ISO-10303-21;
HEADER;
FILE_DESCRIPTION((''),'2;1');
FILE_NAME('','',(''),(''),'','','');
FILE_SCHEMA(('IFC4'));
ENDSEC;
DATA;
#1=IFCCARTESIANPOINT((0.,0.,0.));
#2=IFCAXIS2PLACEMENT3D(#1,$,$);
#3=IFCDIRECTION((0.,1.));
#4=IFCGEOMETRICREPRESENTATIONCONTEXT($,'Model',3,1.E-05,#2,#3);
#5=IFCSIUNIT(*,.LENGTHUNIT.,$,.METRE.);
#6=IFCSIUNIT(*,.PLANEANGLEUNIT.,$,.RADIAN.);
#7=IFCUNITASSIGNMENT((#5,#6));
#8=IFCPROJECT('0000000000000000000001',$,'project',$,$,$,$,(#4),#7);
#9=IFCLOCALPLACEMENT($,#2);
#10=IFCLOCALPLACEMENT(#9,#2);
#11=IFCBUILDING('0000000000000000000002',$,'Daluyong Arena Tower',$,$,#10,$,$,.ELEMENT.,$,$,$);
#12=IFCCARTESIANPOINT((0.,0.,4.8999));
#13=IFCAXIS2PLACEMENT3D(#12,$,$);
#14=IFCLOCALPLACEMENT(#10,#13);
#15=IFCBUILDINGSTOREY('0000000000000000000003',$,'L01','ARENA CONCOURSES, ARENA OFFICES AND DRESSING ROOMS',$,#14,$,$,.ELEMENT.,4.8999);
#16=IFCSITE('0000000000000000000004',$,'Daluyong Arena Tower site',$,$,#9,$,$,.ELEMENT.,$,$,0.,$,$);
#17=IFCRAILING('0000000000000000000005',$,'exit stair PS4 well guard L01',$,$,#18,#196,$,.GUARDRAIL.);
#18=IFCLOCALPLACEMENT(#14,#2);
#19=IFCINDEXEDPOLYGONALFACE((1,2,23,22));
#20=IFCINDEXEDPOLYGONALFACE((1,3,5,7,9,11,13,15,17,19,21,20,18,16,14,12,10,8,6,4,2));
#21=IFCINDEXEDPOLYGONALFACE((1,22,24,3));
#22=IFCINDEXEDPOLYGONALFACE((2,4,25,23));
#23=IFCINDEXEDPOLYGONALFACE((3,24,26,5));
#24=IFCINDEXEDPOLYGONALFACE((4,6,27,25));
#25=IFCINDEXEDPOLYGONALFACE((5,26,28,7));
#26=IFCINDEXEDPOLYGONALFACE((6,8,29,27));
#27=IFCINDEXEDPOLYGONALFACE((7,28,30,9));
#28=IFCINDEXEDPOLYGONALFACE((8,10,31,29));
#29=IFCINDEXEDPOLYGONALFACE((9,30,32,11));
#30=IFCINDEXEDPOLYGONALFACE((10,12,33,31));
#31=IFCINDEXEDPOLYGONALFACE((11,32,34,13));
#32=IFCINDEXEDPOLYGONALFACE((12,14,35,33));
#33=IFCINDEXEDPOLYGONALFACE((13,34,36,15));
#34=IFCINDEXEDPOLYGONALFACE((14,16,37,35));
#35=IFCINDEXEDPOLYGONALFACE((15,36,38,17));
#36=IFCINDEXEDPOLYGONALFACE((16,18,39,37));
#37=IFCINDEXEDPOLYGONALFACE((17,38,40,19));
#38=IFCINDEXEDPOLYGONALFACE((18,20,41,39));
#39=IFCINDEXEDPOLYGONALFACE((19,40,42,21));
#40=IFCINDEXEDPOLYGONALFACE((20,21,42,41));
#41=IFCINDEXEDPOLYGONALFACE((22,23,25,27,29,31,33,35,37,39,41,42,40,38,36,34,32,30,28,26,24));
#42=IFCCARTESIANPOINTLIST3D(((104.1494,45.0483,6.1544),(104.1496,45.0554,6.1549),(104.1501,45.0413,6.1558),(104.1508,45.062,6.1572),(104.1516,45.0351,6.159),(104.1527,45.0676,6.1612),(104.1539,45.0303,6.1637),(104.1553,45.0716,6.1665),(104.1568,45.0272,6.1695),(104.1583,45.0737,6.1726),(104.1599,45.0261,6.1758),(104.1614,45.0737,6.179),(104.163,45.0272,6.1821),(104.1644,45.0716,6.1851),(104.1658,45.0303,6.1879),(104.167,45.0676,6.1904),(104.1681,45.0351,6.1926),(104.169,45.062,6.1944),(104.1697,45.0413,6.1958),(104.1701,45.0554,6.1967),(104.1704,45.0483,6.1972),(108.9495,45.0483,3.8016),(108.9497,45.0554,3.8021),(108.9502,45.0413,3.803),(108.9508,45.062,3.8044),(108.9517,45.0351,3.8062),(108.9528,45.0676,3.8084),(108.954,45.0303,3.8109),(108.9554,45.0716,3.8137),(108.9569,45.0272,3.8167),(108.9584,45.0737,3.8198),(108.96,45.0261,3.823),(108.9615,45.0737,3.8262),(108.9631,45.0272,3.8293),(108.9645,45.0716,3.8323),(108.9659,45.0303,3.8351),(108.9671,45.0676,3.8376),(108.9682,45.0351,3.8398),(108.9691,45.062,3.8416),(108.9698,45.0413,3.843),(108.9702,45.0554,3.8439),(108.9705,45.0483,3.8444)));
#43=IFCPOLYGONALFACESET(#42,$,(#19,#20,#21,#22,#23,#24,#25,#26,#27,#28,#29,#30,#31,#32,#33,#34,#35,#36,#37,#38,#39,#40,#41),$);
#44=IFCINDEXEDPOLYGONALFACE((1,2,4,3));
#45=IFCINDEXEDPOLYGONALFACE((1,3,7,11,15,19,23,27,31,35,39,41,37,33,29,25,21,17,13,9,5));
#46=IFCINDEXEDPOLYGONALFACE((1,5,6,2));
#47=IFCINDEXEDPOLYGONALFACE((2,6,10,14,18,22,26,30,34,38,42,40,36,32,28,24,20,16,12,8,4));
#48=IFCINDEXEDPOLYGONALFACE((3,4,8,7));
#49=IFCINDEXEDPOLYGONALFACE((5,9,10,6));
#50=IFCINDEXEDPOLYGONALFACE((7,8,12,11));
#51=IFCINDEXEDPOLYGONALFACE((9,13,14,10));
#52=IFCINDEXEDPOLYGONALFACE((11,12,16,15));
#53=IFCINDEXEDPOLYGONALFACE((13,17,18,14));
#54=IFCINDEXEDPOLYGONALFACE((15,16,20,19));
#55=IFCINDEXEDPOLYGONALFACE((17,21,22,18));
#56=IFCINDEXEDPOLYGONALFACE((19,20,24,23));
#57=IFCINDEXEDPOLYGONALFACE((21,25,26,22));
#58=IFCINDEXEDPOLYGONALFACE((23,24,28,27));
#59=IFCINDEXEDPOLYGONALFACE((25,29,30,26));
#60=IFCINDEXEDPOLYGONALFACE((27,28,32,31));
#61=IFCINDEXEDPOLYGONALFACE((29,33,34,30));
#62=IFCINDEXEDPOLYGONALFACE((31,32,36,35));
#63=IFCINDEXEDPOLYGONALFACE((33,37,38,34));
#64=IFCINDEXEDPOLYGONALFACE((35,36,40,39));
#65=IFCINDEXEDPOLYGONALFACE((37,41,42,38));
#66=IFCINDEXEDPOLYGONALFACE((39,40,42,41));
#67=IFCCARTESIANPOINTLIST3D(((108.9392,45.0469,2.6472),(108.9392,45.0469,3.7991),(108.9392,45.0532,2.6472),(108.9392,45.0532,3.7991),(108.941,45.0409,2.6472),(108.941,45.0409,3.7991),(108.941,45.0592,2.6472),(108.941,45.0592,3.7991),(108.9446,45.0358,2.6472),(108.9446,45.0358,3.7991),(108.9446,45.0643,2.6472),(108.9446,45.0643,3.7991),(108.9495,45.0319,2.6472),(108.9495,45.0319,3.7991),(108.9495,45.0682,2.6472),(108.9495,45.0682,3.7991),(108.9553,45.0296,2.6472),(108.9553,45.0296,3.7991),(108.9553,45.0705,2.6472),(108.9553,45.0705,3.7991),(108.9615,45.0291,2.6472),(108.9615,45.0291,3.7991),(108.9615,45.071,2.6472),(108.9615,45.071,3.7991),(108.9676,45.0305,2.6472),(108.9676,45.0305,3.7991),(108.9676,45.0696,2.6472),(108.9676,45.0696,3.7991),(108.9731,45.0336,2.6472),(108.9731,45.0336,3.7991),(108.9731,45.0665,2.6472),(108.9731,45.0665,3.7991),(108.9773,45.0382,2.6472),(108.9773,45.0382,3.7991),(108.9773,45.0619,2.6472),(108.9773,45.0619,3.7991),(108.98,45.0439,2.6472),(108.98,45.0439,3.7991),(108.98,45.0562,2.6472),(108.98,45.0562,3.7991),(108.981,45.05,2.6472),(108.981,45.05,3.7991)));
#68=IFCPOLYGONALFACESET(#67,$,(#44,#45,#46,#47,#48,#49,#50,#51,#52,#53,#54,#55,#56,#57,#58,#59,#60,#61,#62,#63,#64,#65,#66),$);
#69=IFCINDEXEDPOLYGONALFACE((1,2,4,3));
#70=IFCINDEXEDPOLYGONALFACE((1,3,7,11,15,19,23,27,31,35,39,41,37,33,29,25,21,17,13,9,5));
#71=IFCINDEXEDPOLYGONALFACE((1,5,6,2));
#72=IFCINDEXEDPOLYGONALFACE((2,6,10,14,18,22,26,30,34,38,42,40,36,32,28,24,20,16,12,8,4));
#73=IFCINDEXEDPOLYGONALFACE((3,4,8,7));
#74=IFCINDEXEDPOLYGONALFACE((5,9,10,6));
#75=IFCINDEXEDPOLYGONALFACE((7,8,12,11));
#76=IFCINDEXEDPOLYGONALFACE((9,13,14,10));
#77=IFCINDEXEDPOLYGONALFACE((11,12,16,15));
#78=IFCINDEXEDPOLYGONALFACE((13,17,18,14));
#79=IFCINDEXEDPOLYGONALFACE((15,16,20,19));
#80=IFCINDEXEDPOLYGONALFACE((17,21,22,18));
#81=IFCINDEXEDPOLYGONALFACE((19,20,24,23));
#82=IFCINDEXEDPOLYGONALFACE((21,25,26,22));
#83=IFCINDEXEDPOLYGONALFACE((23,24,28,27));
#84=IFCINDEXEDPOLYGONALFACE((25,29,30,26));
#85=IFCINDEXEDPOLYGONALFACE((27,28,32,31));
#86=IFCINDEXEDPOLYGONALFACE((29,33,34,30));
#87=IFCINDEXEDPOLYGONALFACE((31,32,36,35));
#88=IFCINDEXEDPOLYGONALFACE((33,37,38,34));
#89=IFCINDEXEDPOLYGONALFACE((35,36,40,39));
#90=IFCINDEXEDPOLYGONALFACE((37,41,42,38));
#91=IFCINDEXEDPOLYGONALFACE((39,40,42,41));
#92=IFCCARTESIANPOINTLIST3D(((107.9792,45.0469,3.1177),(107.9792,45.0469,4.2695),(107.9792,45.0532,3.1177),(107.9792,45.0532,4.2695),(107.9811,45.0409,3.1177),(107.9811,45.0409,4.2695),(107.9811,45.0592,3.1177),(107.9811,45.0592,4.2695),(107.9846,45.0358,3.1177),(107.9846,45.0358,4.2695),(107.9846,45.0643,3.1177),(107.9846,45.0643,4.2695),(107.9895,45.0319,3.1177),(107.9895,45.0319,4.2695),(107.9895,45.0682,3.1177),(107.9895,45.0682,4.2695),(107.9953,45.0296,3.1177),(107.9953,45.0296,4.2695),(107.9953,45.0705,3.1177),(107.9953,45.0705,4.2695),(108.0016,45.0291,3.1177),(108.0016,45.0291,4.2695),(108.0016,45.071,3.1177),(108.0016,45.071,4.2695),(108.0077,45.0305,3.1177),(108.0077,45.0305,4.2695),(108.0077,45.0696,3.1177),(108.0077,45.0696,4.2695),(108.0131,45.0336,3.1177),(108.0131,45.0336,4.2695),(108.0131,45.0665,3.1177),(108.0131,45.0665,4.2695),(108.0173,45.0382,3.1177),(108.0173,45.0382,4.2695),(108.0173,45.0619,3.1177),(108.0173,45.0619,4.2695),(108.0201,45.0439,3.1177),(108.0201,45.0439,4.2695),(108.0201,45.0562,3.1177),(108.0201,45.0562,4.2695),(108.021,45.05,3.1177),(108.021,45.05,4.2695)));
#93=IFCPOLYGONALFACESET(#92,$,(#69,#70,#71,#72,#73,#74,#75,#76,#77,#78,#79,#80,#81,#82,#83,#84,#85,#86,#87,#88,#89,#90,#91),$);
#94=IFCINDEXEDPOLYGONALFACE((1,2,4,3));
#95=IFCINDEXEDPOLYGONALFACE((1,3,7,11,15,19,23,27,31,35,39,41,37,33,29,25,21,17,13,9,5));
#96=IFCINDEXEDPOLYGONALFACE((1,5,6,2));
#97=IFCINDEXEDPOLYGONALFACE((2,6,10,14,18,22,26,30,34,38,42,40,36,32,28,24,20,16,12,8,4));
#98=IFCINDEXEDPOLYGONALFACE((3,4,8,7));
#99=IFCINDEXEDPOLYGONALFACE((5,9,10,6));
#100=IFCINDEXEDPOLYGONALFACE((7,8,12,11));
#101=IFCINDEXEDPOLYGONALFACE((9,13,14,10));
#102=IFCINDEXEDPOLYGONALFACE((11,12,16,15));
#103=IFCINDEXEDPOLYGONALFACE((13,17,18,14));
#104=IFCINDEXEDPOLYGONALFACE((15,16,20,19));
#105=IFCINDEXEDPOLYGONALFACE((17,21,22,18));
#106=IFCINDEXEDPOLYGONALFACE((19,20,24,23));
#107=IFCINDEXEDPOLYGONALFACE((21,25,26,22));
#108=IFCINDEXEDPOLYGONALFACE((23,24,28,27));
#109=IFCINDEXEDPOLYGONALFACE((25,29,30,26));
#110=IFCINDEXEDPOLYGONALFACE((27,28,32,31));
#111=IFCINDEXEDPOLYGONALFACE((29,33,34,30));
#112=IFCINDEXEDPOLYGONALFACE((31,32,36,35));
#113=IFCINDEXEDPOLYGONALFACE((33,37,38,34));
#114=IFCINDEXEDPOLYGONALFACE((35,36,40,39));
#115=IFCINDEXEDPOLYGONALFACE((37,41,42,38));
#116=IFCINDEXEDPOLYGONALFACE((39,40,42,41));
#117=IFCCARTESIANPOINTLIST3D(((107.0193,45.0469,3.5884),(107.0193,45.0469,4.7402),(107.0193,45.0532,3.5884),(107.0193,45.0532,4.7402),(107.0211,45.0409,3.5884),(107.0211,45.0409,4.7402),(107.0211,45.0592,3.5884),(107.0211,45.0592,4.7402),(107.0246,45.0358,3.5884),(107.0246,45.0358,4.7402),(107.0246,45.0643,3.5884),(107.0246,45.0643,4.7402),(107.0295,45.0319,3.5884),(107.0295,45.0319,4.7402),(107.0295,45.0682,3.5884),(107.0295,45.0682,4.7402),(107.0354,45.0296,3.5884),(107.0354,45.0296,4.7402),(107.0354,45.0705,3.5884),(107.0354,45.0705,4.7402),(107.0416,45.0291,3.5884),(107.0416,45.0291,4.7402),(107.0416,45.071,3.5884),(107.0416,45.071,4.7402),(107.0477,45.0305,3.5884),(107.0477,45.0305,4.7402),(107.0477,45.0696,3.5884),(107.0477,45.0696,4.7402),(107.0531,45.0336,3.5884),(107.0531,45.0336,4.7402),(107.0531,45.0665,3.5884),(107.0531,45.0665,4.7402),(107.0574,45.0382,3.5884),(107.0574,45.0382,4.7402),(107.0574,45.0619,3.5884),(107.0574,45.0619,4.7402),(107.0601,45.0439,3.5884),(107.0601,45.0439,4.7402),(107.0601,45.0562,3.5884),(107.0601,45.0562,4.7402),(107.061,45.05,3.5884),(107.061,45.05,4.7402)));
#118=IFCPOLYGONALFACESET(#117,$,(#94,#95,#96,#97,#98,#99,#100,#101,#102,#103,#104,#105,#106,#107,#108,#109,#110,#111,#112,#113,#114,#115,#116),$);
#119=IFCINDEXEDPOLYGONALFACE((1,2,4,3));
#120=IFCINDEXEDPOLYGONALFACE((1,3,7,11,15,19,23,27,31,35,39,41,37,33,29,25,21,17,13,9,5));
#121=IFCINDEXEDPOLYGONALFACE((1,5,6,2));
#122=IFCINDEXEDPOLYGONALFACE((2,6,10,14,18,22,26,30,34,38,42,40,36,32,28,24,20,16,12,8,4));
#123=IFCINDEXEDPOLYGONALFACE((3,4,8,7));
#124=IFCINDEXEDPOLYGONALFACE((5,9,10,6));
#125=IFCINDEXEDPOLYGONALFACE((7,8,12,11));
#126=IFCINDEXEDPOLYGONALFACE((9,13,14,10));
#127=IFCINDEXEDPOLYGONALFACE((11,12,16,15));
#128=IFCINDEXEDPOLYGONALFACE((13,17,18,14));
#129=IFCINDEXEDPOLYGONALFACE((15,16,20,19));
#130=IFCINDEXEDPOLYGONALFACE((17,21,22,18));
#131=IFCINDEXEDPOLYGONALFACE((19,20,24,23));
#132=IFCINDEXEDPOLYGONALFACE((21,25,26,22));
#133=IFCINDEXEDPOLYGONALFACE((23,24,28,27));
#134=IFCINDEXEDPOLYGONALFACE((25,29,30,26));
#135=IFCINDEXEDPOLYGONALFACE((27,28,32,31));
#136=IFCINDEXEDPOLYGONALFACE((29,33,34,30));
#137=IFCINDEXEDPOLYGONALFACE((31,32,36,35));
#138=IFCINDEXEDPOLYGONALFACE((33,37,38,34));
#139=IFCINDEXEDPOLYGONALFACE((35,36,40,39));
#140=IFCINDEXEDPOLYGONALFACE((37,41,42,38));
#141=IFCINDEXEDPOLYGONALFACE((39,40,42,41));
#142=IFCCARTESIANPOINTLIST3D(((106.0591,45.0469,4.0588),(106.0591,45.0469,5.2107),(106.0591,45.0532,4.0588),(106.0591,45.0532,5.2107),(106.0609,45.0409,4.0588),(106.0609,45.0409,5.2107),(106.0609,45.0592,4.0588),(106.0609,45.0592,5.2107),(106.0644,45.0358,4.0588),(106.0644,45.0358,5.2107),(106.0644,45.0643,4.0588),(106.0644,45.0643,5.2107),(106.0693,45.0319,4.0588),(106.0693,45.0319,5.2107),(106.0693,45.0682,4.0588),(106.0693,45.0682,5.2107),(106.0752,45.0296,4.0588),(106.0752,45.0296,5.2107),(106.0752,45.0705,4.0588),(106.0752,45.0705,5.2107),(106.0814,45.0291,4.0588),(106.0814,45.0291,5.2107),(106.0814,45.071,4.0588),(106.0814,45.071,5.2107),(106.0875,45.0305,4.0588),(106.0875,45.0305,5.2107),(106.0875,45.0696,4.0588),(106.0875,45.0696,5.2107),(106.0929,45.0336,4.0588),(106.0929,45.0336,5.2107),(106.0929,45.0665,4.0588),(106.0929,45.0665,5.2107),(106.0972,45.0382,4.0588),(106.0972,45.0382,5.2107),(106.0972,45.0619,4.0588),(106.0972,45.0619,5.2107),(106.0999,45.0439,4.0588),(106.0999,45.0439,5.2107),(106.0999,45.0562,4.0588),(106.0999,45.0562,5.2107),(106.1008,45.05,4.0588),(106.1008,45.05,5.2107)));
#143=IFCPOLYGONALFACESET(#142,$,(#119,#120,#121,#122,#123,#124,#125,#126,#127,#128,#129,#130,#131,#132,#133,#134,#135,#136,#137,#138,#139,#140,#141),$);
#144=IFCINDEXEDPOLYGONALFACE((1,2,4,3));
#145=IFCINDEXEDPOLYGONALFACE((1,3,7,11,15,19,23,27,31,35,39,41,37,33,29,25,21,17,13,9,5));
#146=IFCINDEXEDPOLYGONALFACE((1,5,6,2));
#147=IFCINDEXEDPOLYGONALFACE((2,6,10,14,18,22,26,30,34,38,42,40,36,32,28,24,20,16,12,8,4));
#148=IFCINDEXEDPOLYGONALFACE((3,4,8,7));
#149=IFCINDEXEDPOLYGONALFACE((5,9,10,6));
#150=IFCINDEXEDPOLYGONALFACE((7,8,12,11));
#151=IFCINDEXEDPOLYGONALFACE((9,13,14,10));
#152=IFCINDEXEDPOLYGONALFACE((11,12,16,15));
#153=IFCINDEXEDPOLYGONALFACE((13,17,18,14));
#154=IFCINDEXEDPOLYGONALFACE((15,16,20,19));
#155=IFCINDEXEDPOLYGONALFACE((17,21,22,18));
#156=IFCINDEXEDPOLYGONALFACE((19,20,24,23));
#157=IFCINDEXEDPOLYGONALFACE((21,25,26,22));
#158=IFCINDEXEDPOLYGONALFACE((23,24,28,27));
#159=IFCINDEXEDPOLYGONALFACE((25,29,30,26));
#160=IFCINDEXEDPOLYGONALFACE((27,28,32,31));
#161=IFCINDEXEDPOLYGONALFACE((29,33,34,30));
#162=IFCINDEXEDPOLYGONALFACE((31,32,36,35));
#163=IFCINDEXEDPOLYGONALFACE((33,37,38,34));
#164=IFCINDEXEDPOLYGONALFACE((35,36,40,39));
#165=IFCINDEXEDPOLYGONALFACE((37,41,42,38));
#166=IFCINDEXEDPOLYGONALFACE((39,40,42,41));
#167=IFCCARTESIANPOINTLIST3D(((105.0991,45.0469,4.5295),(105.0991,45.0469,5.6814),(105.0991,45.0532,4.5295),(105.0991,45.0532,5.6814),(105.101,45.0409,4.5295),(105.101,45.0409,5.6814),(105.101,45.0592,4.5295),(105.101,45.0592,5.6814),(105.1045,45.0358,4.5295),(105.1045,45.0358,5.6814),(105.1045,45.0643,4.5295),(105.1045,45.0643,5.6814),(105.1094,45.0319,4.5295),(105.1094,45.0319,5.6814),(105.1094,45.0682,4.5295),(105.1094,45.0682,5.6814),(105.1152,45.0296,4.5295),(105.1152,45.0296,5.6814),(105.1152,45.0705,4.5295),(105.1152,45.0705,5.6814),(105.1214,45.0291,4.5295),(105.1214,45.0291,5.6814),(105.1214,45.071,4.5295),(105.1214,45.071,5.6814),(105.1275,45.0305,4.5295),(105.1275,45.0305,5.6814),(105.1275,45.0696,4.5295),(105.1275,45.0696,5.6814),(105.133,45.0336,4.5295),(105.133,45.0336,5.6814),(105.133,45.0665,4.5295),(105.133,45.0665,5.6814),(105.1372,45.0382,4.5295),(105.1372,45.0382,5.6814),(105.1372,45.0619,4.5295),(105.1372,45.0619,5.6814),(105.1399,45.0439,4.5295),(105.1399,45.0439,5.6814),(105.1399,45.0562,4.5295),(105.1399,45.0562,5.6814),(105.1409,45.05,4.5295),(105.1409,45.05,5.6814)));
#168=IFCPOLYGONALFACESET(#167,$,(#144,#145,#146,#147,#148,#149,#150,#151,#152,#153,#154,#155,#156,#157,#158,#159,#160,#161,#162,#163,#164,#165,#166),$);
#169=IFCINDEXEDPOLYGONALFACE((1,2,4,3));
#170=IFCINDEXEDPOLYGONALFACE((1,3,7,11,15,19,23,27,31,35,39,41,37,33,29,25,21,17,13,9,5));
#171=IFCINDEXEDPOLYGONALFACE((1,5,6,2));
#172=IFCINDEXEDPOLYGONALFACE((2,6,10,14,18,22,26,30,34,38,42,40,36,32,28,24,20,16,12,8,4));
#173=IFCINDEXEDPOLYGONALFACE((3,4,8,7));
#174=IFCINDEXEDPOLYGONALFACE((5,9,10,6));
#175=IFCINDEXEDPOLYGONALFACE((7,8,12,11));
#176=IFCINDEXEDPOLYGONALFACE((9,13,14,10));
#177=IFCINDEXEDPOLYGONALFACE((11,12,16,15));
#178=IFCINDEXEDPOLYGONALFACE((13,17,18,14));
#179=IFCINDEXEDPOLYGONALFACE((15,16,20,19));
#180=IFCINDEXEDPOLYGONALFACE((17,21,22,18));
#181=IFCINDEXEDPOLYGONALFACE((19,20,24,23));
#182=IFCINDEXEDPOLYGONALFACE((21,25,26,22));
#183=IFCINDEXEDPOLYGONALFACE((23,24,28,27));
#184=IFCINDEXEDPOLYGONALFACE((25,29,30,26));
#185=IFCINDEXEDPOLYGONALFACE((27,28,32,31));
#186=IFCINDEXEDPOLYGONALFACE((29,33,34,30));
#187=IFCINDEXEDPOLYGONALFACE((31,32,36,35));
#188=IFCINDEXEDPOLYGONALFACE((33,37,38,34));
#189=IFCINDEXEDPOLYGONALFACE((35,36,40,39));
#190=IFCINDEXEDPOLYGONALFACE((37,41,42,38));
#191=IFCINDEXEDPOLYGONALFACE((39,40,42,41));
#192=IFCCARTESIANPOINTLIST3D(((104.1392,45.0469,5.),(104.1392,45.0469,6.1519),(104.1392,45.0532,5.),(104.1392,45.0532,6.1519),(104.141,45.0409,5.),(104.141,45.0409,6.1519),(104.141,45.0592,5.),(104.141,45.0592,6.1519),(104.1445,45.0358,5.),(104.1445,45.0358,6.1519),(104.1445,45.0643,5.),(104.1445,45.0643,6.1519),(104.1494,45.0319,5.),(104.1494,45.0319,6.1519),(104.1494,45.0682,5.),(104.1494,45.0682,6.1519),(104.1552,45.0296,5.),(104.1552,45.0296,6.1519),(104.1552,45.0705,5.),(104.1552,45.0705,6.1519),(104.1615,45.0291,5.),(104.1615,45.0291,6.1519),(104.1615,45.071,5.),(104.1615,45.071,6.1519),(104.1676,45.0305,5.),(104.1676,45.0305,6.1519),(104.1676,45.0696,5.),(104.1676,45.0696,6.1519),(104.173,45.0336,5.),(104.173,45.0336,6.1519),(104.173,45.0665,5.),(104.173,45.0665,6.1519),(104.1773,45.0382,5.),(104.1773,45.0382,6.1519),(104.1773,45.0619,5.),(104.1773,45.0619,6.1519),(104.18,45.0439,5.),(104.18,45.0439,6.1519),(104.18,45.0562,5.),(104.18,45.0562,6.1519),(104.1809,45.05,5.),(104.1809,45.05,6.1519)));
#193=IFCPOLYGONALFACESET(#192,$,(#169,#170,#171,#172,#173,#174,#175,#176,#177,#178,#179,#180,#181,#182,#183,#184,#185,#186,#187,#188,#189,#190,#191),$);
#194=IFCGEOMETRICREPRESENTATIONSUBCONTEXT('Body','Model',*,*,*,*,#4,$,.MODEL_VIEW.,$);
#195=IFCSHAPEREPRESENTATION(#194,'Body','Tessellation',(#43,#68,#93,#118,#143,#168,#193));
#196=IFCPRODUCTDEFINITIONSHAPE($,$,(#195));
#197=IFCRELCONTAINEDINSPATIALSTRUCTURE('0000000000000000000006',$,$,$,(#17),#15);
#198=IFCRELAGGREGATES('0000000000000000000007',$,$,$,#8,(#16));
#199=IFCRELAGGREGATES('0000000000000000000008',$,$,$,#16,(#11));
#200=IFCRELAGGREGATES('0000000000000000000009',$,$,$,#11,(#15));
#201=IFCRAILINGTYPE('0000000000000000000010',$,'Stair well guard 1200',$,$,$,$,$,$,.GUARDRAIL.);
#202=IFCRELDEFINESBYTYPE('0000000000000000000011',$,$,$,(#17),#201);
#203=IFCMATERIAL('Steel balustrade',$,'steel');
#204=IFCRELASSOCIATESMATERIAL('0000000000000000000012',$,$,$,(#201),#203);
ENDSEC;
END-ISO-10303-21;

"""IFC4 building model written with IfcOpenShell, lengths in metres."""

from ifc_helpers import new_model, si_unit, direction, frame, origin, origin_2d, place, context, subcontext, project, spatial, circle, extrude, material, type_object, element, save


model = new_model("IFC4")

# Units and contexts
model_context = context("Model", 3, precision=1e-05, world=origin(), true_north=direction((0.0, 1.0)))
body_context = subcontext(model_context, "Body", "Model", "MODEL_VIEW")
ifc_project = project(units=[si_unit("LENGTHUNIT", "METRE"), si_unit("PLANEANGLEUNIT", "RADIAN")], contexts=[model_context])

# Site, building, storey
site_placement = place(None, origin())
site = spatial("IfcSite", under=ifc_project, at=site_placement, Name="Daluyong Arena Tower site", CompositionType="ELEMENT", RefElevation=0.0)
building_placement = place(site_placement, origin())
building = spatial("IfcBuilding", under=site, at=building_placement, Name="Daluyong Arena Tower", CompositionType="ELEMENT")
storey_placement = place(building_placement, frame((0.0, 0.0, 4.8999)))
storey = spatial("IfcBuildingStorey", under=building, at=storey_placement, Name="L01", Description="ARENA CONCOURSES, ARENA OFFICES AND DRESSING ROOMS", CompositionType="ELEMENT", Elevation=4.8999)

# Railing
ifc_material_1 = material(Name="Steel balustrade", Category="steel")
railing_type_1 = type_object("IfcRailingType", Name="Stair well guard 1200", PredefinedType="GUARDRAIL", material=ifc_material_1)
railing_1_placement = place(storey_placement, frame((108.96, 45.05, 2.6472)))
element("IfcRailing", 1, at=railing_1_placement, inside=storey, type_object=railing_type_1, Name="exit stair PS4 well guard L01", PredefinedType="GUARDRAIL", context=body_context, shape_type="SweptSolid", body=[
    extrude(circle(Radius=0.0239, at=origin_2d()), frame((0.0, 0.0, 1.1758), z_axis=(-0.897934, 0.0, 0.44013), x_axis=(0.0, -1.0, 0.0)), (0.0, 0.0, 1.0), 5.3457),
    extrude(circle(Radius=0.021, at=origin_2d()), origin(), (0.0, 0.0, 1.0), 1.1519),
    extrude(circle(Radius=0.021, at=origin_2d()), frame((-0.96, 0.0, 0.4705)), (0.0, 0.0, 1.0), 1.1519),
    extrude(circle(Radius=0.021, at=origin_2d()), frame((-1.9199, 0.0, 0.9412)), (0.0, 0.0, 1.0), 1.1519),
    extrude(circle(Radius=0.021, at=origin_2d()), frame((-2.8801, 0.0, 1.4116)), (0.0, 0.0, 1.0), 1.1519),
    extrude(circle(Radius=0.021, at=origin_2d()), frame((-3.8401, 0.0, 1.8823)), (0.0, 0.0, 1.0), 1.1519),
    extrude(circle(Radius=0.021, at=origin_2d()), frame((-4.8, 0.0, 2.3528)), (0.0, 0.0, 1.0), 1.1519),
])

save(model, "model.ifc")
